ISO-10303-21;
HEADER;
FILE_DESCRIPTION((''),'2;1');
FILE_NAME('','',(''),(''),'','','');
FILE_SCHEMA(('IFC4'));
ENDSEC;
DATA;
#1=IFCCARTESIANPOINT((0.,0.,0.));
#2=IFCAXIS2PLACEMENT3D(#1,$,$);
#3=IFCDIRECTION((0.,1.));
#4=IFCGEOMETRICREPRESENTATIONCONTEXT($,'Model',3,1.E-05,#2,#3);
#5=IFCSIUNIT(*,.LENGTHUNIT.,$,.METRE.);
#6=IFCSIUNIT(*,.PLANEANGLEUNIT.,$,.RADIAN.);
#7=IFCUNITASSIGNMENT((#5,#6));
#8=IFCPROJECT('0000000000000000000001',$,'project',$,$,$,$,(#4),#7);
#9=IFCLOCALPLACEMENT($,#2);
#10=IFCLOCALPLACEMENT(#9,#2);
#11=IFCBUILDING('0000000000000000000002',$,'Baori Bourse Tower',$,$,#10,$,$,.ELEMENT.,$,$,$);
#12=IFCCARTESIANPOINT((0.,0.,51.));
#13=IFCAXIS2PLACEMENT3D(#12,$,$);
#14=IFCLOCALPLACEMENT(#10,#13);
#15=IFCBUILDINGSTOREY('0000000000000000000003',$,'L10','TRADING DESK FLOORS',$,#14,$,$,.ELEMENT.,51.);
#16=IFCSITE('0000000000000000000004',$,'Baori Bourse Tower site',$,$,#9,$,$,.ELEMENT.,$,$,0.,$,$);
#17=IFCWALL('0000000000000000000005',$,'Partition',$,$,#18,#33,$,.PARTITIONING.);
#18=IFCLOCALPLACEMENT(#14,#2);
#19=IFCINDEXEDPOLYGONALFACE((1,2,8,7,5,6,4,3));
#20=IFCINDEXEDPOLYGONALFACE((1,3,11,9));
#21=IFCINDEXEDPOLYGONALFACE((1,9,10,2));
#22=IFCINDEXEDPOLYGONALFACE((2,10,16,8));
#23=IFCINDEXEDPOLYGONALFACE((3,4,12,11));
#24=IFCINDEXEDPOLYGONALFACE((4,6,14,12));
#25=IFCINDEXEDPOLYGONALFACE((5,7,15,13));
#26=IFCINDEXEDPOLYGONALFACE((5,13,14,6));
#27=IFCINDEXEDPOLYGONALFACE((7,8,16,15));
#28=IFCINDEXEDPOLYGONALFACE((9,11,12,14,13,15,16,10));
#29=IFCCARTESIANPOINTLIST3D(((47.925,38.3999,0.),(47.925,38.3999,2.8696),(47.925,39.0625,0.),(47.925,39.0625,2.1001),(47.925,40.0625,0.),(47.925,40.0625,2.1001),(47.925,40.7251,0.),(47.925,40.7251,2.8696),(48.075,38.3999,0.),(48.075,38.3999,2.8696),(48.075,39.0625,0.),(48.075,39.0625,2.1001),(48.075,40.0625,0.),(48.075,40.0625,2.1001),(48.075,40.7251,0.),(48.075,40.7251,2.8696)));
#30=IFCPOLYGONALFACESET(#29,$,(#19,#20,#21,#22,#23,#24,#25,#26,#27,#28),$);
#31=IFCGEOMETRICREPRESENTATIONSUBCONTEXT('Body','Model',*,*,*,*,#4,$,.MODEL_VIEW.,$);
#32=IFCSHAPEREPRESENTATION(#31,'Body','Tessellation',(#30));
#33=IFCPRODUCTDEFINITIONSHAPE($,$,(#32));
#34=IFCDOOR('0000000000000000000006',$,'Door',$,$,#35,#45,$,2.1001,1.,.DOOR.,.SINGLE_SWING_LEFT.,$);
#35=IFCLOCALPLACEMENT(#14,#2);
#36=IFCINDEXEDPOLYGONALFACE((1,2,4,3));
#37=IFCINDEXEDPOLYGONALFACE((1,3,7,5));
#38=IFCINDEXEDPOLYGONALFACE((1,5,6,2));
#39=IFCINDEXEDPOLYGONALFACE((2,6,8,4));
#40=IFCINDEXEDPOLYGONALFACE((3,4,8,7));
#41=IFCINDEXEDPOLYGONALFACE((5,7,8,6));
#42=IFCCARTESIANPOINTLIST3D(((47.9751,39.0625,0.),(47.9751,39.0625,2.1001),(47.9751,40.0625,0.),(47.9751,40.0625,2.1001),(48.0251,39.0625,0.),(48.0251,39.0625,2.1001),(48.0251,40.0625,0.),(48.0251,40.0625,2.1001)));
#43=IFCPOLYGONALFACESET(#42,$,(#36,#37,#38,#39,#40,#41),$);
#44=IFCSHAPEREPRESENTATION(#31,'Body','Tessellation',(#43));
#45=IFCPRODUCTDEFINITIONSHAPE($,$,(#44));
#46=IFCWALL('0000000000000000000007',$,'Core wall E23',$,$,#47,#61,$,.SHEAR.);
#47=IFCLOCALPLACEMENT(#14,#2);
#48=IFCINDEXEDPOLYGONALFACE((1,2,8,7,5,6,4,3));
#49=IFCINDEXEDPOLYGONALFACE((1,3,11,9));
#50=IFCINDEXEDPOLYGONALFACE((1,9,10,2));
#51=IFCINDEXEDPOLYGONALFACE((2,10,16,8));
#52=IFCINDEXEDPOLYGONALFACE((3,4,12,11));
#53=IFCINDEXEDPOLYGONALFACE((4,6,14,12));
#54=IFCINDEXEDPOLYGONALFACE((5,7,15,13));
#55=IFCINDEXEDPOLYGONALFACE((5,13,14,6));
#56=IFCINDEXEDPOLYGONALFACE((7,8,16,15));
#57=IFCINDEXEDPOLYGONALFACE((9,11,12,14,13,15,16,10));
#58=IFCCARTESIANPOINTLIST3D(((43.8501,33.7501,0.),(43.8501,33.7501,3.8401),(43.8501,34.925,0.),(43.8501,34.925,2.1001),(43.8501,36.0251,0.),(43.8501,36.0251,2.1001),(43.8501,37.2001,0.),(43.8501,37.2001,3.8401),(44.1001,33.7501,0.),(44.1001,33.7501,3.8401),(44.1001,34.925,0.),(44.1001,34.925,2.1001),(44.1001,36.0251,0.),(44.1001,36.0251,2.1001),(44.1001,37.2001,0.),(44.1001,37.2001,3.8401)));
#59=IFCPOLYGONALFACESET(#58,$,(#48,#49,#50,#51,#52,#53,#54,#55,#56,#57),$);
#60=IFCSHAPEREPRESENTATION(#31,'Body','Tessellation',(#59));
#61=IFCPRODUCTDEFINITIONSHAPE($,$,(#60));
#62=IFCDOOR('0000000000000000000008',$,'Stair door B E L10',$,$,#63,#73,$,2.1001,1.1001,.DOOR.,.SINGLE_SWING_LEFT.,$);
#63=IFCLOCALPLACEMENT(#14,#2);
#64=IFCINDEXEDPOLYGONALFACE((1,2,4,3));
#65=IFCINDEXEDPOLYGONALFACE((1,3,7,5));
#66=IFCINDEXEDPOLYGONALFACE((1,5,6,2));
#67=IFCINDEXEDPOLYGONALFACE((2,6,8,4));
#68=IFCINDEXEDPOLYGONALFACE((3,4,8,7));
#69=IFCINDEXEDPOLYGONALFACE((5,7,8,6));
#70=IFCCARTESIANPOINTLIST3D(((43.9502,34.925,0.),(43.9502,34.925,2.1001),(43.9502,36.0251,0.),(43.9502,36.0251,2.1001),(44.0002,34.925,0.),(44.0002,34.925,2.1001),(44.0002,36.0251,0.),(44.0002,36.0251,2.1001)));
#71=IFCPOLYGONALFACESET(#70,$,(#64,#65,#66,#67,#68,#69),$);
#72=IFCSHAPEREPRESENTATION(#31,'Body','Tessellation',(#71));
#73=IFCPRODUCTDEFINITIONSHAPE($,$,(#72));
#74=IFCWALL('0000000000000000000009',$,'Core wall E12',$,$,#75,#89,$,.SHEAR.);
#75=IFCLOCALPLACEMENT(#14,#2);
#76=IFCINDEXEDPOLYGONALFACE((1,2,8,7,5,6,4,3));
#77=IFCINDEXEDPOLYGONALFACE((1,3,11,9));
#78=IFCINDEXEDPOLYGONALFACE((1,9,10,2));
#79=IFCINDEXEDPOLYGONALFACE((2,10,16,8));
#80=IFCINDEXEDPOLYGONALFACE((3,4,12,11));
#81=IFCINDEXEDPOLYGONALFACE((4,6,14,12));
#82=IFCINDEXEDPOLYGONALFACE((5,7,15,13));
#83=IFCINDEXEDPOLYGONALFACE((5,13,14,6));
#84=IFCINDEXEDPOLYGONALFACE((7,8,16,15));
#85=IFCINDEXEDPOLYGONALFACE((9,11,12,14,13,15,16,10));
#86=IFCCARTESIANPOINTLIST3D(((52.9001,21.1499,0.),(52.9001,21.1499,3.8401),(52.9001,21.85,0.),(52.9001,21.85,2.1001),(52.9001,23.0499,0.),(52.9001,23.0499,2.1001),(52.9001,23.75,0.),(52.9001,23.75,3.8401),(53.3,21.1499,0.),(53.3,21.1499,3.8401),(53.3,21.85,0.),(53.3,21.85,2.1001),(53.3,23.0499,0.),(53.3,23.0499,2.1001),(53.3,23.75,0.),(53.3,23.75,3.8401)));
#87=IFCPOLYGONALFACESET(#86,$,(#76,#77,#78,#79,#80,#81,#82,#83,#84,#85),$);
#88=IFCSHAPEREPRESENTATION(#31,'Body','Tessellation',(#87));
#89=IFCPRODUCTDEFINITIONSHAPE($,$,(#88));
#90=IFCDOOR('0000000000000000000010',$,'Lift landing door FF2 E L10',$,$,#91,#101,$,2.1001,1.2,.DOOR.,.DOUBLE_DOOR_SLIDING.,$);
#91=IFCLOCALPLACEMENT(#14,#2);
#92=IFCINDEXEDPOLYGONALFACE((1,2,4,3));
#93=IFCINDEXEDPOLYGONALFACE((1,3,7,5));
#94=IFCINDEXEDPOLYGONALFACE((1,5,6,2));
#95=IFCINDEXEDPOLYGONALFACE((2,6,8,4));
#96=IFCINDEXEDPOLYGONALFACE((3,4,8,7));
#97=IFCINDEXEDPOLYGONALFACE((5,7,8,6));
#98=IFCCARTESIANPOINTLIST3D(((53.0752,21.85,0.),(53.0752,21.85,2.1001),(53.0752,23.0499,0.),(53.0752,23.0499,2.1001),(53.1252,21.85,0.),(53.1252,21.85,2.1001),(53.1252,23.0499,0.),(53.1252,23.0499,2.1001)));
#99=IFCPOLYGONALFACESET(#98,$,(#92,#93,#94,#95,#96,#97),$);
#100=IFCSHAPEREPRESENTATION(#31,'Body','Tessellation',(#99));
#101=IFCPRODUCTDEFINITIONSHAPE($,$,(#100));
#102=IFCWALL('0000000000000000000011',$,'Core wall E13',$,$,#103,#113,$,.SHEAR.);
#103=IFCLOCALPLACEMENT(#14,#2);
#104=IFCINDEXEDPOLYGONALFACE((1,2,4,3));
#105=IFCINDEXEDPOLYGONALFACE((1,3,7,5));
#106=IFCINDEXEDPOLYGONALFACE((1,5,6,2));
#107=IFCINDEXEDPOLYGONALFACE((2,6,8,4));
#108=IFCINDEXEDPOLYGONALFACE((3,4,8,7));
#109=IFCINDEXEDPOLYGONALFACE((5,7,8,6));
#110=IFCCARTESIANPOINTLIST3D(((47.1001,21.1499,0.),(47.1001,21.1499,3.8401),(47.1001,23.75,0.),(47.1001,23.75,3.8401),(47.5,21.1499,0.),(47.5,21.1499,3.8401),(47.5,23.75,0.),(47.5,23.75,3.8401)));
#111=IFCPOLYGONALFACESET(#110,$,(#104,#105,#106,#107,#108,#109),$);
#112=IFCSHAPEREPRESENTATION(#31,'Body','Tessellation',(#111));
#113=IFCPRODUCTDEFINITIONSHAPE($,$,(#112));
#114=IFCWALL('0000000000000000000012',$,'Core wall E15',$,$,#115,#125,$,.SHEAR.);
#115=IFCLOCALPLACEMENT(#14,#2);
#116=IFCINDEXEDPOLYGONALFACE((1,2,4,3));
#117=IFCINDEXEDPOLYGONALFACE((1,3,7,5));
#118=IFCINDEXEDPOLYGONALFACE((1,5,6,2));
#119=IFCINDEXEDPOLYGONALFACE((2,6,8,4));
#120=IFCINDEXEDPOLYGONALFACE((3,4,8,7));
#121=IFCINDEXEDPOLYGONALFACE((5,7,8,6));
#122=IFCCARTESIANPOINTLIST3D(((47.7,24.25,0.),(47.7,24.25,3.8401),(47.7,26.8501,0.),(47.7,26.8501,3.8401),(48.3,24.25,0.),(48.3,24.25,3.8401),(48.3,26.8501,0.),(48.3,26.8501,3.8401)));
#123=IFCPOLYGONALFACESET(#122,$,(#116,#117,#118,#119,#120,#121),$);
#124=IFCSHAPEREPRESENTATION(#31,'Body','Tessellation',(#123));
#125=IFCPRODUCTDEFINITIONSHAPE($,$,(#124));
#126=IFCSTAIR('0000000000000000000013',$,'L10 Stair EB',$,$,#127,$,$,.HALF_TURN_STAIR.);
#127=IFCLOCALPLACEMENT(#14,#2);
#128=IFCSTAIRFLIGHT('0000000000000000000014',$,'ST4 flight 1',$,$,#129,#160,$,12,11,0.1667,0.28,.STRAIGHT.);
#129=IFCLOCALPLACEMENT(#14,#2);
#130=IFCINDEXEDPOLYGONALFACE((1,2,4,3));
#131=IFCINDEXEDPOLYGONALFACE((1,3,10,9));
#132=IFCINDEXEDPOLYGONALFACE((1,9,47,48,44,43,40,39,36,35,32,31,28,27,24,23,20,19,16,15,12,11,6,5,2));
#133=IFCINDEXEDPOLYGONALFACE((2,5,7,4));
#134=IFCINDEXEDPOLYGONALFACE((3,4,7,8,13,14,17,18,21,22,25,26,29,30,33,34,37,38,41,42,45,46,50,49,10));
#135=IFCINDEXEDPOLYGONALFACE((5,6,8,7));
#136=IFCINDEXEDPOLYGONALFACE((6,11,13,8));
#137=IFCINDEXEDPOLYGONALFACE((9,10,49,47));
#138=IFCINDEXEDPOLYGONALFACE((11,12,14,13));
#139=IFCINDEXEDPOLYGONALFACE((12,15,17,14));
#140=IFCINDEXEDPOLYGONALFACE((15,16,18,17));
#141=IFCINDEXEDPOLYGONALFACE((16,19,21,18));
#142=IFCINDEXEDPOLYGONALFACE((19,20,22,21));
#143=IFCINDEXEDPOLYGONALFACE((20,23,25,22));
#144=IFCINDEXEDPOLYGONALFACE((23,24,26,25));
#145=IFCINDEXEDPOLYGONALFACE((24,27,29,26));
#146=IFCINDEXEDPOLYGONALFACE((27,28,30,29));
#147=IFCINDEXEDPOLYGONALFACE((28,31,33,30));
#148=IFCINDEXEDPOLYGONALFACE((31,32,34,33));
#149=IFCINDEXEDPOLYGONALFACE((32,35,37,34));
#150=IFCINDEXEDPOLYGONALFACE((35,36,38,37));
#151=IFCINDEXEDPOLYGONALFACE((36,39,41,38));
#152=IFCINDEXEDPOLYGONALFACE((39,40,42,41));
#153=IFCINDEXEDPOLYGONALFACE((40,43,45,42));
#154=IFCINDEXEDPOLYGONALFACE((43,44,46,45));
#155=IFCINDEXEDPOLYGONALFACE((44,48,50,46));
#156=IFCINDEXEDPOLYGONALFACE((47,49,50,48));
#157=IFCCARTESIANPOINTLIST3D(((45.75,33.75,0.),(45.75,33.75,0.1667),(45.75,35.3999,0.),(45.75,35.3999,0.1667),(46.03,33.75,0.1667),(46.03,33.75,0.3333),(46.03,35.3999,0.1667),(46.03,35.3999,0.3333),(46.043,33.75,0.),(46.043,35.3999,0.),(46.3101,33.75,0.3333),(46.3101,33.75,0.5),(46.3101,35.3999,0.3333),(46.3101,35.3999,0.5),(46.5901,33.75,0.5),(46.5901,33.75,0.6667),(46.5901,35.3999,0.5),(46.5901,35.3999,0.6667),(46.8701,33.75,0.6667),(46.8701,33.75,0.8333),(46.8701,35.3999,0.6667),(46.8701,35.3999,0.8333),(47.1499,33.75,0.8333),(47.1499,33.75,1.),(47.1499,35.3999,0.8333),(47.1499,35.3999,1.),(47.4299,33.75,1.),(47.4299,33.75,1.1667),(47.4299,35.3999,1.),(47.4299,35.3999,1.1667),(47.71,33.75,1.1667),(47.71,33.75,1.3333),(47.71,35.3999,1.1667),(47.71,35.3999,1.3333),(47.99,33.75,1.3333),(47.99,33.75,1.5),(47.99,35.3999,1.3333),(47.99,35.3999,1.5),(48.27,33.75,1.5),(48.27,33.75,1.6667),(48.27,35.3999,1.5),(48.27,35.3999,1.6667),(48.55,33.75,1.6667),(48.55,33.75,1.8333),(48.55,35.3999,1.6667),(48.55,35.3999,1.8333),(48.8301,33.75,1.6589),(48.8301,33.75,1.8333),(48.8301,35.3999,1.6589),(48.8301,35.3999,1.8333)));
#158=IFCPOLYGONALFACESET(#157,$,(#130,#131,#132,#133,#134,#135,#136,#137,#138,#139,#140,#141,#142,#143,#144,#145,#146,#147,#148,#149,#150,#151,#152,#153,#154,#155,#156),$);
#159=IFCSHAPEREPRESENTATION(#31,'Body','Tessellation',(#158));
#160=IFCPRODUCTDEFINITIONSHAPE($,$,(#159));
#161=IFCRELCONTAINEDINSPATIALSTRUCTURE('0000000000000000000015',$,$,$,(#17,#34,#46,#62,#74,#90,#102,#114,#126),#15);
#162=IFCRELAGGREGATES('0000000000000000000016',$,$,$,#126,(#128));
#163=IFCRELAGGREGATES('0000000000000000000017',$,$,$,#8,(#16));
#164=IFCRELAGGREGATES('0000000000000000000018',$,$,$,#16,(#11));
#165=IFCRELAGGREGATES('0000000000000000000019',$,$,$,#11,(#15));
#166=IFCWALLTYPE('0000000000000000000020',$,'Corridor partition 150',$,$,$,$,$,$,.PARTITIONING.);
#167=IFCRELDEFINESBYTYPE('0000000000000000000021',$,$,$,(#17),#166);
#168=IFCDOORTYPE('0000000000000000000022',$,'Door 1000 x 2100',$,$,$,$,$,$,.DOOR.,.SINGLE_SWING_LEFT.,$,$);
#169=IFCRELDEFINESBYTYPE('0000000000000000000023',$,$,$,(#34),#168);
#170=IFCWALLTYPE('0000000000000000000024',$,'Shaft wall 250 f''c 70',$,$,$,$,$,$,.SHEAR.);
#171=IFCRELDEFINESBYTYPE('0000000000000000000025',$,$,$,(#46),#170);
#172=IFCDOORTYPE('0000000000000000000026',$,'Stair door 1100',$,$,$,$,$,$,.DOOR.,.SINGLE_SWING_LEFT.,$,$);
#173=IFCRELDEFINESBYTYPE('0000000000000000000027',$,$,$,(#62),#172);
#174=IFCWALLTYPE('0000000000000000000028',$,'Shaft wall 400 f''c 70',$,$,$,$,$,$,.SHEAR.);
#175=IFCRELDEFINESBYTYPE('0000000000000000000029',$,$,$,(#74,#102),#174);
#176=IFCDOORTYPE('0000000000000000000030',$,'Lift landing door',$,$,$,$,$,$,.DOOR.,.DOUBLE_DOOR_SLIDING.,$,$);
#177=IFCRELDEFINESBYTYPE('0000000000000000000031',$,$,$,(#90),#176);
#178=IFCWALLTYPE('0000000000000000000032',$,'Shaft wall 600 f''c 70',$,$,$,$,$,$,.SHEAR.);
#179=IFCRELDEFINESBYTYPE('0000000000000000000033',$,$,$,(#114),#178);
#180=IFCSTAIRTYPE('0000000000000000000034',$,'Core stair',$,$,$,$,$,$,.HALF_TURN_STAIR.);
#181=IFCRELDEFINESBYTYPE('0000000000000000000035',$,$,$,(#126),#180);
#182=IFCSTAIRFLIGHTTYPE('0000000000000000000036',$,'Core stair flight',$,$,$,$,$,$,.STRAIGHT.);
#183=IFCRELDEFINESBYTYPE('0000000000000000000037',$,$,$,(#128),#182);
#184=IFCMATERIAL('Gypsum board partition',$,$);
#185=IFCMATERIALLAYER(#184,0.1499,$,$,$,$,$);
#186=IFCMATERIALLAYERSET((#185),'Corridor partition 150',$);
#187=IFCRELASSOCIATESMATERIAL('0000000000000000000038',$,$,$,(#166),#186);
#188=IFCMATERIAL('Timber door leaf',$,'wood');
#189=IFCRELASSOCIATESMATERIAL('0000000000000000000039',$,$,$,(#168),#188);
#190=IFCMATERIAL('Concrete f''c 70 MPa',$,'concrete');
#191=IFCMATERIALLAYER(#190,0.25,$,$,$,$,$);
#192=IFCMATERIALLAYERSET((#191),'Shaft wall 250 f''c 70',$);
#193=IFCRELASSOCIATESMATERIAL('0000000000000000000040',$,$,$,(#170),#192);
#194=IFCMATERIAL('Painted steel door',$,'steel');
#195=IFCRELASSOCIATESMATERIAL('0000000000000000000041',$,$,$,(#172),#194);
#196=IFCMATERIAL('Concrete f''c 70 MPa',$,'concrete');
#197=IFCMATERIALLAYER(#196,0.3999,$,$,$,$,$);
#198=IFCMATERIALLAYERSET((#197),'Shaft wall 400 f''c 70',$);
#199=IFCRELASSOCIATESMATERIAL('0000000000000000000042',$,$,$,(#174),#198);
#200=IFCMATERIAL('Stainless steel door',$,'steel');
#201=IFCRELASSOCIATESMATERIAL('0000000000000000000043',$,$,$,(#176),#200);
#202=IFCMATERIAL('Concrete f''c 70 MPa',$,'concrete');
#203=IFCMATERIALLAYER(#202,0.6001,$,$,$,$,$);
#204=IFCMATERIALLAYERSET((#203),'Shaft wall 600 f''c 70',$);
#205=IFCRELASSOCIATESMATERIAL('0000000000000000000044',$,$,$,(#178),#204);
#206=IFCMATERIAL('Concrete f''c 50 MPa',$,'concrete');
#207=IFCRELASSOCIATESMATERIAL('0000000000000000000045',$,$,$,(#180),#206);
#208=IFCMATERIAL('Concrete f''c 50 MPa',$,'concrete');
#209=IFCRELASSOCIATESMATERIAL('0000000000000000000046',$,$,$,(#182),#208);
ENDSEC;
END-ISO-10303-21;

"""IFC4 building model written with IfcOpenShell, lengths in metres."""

from ifc_helpers import new_model, si_unit, direction, frame, frame_2d, origin, place, context, subcontext, project, spatial, polyline, rectangle, outline, extrude, material, layer, layer_set, type_object, element, fill, aggregate, save


model = new_model("IFC4")

# Units and contexts
model_context = context("Model", 3, precision=1e-05, world=origin(), true_north=direction((0.0, 1.0)))
body_context = subcontext(model_context, "Body", "Model", "MODEL_VIEW")
ifc_project = project(units=[si_unit("LENGTHUNIT", "METRE"), si_unit("PLANEANGLEUNIT", "RADIAN")], contexts=[model_context])

# Site, building, storey
site_placement = place(None, origin())
site = spatial("IfcSite", under=ifc_project, at=site_placement, Name="Baori Bourse Tower site", CompositionType="ELEMENT", RefElevation=0.0)
building_placement = place(site_placement, origin())
building = spatial("IfcBuilding", under=site, at=building_placement, Name="Baori Bourse Tower", CompositionType="ELEMENT")
storey_placement = place(building_placement, frame((0.0, 0.0, 51.0)))
storey = spatial("IfcBuildingStorey", under=building, at=storey_placement, Name="L10", Description="TRADING DESK FLOORS", CompositionType="ELEMENT", Elevation=51.0)

# Walls, openings, doors
ifc_material_1 = material(Name="Gypsum board partition")
ifc_layer_1 = layer(ifc_material_1, 0.1499)
ifc_layer_set_1 = layer_set([ifc_layer_1], Name="Corridor partition 150")
wall_type_1 = type_object("IfcWallType", Name="Corridor partition 150", PredefinedType="PARTITIONING", material=ifc_layer_set_1)
wall_1_placement = place(storey_placement, frame((48.0, 38.3999, 0.0), z_axis=(0.0, 0.0, 1.0), x_axis=(0.0, 1.0, 0.0)))
wall_1 = element("IfcWall", 1, at=wall_1_placement, inside=storey, type_object=wall_type_1, Name="Partition", PredefinedType="PARTITIONING", context=body_context, shape_type="SweptSolid", body=[
    extrude(rectangle(XDim=2.3252, YDim=0.1499, at=frame_2d((1.1626, 0.0))), origin(), (0.0, 0.0, 1.0), 2.8696),
])
opening_1_placement = place(wall_1_placement, frame((0.6626, 0.0, 0.0)))
opening_1 = element("IfcOpeningElement", 2, at=opening_1_placement, cuts=wall_1, PredefinedType="OPENING", context=body_context, shape_type="SweptSolid", body=[
    extrude(rectangle(XDim=1.0, YDim=2.1001, at=frame_2d((0.5, 1.05))), frame((0.0, 0.085, 0.0), z_axis=(0.0, -1.0, 0.0), x_axis=(1.0, 0.0, 0.0)), (0.0, 0.0, 1.0), 0.1699),
])
ifc_material_2 = material(Name="Timber door leaf", Category="wood")
door_type_1 = type_object("IfcDoorType", Name="Door 1000 x 2100", OperationType="SINGLE_SWING_LEFT", PredefinedType="DOOR", material=ifc_material_2)
door_1_placement = place(opening_1_placement, origin())
door_1 = element("IfcDoor", 3, at=door_1_placement, inside=storey, type_object=door_type_1, Name="Door", OperationType="SINGLE_SWING_LEFT", OverallHeight=2.1001, OverallWidth=1.0, PredefinedType="DOOR", context=body_context, shape_type="SweptSolid", body=[
    extrude(rectangle(XDim=1.0, YDim=2.1001, at=frame_2d((0.5, 1.05))), frame((0.0, 0.0249, 0.0), z_axis=(0.0, -1.0, 0.0), x_axis=(1.0, 0.0, 0.0)), (0.0, 0.0, 1.0), 0.05),
])
fill(opening_1, door_1)
ifc_material_3 = material(Name="Concrete f'c 70 MPa", Category="concrete")
ifc_layer_2 = layer(ifc_material_3, 0.25)
ifc_layer_set_2 = layer_set([ifc_layer_2], Name="Shaft wall 250 f'c 70")
wall_type_2 = type_object("IfcWallType", Name="Shaft wall 250 f'c 70", PredefinedType="SHEAR", material=ifc_layer_set_2)
wall_2_placement = place(storey_placement, frame((43.9751, 33.75, 0.0), z_axis=(0.0, 0.0, 1.0), x_axis=(0.0, 1.0, 0.0)))
wall_2 = element("IfcWall", 4, at=wall_2_placement, inside=storey, type_object=wall_type_2, Name="Core wall E23", PredefinedType="SHEAR", context=body_context, shape_type="SweptSolid", body=[
    extrude(rectangle(XDim=3.45, YDim=0.25, at=frame_2d((1.7251, 0.0))), origin(), (0.0, 0.0, 1.0), 3.8401),
])
opening_2_placement = place(wall_2_placement, frame((1.175, 0.0, 0.0)))
opening_2 = element("IfcOpeningElement", 5, at=opening_2_placement, cuts=wall_2, PredefinedType="OPENING", context=body_context, shape_type="SweptSolid", body=[
    extrude(rectangle(XDim=1.1001, YDim=2.1001, at=frame_2d((0.55, 1.05))), frame((0.0, 0.135, 0.0), z_axis=(0.0, -1.0, 0.0), x_axis=(1.0, 0.0, 0.0)), (0.0, 0.0, 1.0), 0.27),
])
ifc_material_4 = material(Name="Painted steel door", Category="steel")
door_type_2 = type_object("IfcDoorType", Name="Stair door 1100", OperationType="SINGLE_SWING_LEFT", PredefinedType="DOOR", material=ifc_material_4)
door_2_placement = place(opening_2_placement, origin())
door_2 = element("IfcDoor", 6, at=door_2_placement, inside=storey, type_object=door_type_2, Name="Stair door B E L10", OperationType="SINGLE_SWING_LEFT", OverallHeight=2.1001, OverallWidth=1.1001, PredefinedType="DOOR", context=body_context, shape_type="SweptSolid", body=[
    extrude(rectangle(XDim=1.1001, YDim=2.1001, at=frame_2d((0.55, 1.05))), frame((0.0, 0.0249, 0.0), z_axis=(0.0, -1.0, 0.0), x_axis=(1.0, 0.0, 0.0)), (0.0, 0.0, 1.0), 0.05),
])
fill(opening_2, door_2)
ifc_material_5 = material(Name="Concrete f'c 70 MPa", Category="concrete")
ifc_layer_3 = layer(ifc_material_5, 0.3999)
ifc_layer_set_3 = layer_set([ifc_layer_3], Name="Shaft wall 400 f'c 70")
wall_type_3 = type_object("IfcWallType", Name="Shaft wall 400 f'c 70", PredefinedType="SHEAR", material=ifc_layer_set_3)
wall_3_placement = place(storey_placement, frame((53.1001, 21.1499, 0.0), z_axis=(0.0, 0.0, 1.0), x_axis=(0.0, 1.0, 0.0)))
wall_3 = element("IfcWall", 7, at=wall_3_placement, inside=storey, type_object=wall_type_3, Name="Core wall E12", PredefinedType="SHEAR", context=body_context, shape_type="SweptSolid", body=[
    extrude(rectangle(XDim=2.6001, YDim=0.3999, at=frame_2d((1.3, 0.0))), origin(), (0.0, 0.0, 1.0), 3.8401),
])
opening_3_placement = place(wall_3_placement, frame((0.7, 0.0, 0.0)))
opening_3 = element("IfcOpeningElement", 8, at=opening_3_placement, cuts=wall_3, PredefinedType="OPENING", context=body_context, shape_type="SweptSolid", body=[
    extrude(rectangle(XDim=1.2, YDim=2.1001, at=frame_2d((0.6001, 1.05))), frame((0.0, 0.21, 0.0), z_axis=(0.0, -1.0, 0.0), x_axis=(1.0, 0.0, 0.0)), (0.0, 0.0, 1.0), 0.4199),
])
ifc_material_6 = material(Name="Stainless steel door", Category="steel")
door_type_3 = type_object("IfcDoorType", Name="Lift landing door", OperationType="DOUBLE_DOOR_SLIDING", PredefinedType="DOOR", material=ifc_material_6)
door_3_placement = place(opening_3_placement, origin())
door_3 = element("IfcDoor", 9, at=door_3_placement, inside=storey, type_object=door_type_3, Name="Lift landing door FF2 E L10", OperationType="DOUBLE_DOOR_SLIDING", OverallHeight=2.1001, OverallWidth=1.2, PredefinedType="DOOR", context=body_context, shape_type="SweptSolid", body=[
    extrude(rectangle(XDim=1.2, YDim=2.1001, at=frame_2d((0.6001, 1.05))), frame((0.0, 0.0249, 0.0), z_axis=(0.0, -1.0, 0.0), x_axis=(1.0, 0.0, 0.0)), (0.0, 0.0, 1.0), 0.05),
])
fill(opening_3, door_3)

# Walls
wall_4_placement = place(storey_placement, frame((47.3, 21.1499, 0.0), z_axis=(0.0, 0.0, 1.0), x_axis=(0.0, 1.0, 0.0)))
element("IfcWall", 10, at=wall_4_placement, inside=storey, type_object=wall_type_3, Name="Core wall E13", PredefinedType="SHEAR", context=body_context, shape_type="SweptSolid", body=[
    extrude(rectangle(XDim=2.6001, YDim=0.3999, at=frame_2d((1.3, 0.0))), origin(), (0.0, 0.0, 1.0), 3.8401),
])
ifc_material_7 = material(Name="Concrete f'c 70 MPa", Category="concrete")
ifc_layer_4 = layer(ifc_material_7, 0.6001)
ifc_layer_set_4 = layer_set([ifc_layer_4], Name="Shaft wall 600 f'c 70")
wall_type_4 = type_object("IfcWallType", Name="Shaft wall 600 f'c 70", PredefinedType="SHEAR", material=ifc_layer_set_4)
wall_5_placement = place(storey_placement, frame((48.0, 24.25, 0.0), z_axis=(0.0, 0.0, 1.0), x_axis=(0.0, 1.0, 0.0)))
element("IfcWall", 11, at=wall_5_placement, inside=storey, type_object=wall_type_4, Name="Core wall E15", PredefinedType="SHEAR", context=body_context, shape_type="SweptSolid", body=[
    extrude(rectangle(XDim=2.6001, YDim=0.6001, at=frame_2d((1.3, 0.0))), origin(), (0.0, 0.0, 1.0), 3.8401),
])

# Stair, stair flight
ifc_material_8 = material(Name="Concrete f'c 50 MPa", Category="concrete")
stair_type = type_object("IfcStairType", Name="Core stair", PredefinedType="HALF_TURN_STAIR", material=ifc_material_8)
stair_placement = place(storey_placement, origin())
stair = element("IfcStair", 12, at=stair_placement, inside=storey, type_object=stair_type, Name="L10 Stair EB", PredefinedType="HALF_TURN_STAIR")
ifc_material_9 = material(Name="Concrete f'c 50 MPa", Category="concrete")
stair_flight_type = type_object("IfcStairFlightType", Name="Core stair flight", PredefinedType="STRAIGHT", material=ifc_material_9)
stair_flight_1_placement = place(storey_placement, frame((45.75, 34.575, 0.0), z_axis=(0.0, 0.0, 1.0), x_axis=(1.0, 0.0, 0.0)))
stair_flight_1 = element("IfcStairFlight", 13, at=stair_flight_1_placement, type_object=stair_flight_type, Name="ST4 flight 1", NumberOfRisers=12, NumberOfTreads=11, PredefinedType="STRAIGHT", RiserHeight=0.1667, TreadLength=0.28, context=body_context, shape_type="SweptSolid", body=[
    extrude(outline(polyline([(0.0, 0.0), (0.0, 0.1667), (0.28, 0.1667), (0.28, 0.3333), (0.5601, 0.3333), (0.5601, 0.5), (0.8401, 0.5), (0.8401, 0.6667), (1.1201, 0.6667), (1.1201, 0.8333), (1.3999, 0.8333), (1.3999, 1.0), (1.6799, 1.0), (1.6799, 1.1667), (1.96, 1.1667), (1.96, 1.3333), (2.24, 1.3333), (2.24, 1.5), (2.52, 1.5), (2.52, 1.6667), (2.8, 1.6667), (2.8, 1.8333), (3.0801, 1.8333), (3.0801, 2.0), (3.0801, 1.6589), (0.293, 0.0), (0.0, 0.0)])), frame((0.0, 0.825, 0.0), z_axis=(0.0, -1.0, 0.0), x_axis=(1.0, 0.0, 0.0)), (0.0, 0.0, 1.0), 1.6499),
])
aggregate(stair, [stair_flight_1])

save(model, "model.ifc")
